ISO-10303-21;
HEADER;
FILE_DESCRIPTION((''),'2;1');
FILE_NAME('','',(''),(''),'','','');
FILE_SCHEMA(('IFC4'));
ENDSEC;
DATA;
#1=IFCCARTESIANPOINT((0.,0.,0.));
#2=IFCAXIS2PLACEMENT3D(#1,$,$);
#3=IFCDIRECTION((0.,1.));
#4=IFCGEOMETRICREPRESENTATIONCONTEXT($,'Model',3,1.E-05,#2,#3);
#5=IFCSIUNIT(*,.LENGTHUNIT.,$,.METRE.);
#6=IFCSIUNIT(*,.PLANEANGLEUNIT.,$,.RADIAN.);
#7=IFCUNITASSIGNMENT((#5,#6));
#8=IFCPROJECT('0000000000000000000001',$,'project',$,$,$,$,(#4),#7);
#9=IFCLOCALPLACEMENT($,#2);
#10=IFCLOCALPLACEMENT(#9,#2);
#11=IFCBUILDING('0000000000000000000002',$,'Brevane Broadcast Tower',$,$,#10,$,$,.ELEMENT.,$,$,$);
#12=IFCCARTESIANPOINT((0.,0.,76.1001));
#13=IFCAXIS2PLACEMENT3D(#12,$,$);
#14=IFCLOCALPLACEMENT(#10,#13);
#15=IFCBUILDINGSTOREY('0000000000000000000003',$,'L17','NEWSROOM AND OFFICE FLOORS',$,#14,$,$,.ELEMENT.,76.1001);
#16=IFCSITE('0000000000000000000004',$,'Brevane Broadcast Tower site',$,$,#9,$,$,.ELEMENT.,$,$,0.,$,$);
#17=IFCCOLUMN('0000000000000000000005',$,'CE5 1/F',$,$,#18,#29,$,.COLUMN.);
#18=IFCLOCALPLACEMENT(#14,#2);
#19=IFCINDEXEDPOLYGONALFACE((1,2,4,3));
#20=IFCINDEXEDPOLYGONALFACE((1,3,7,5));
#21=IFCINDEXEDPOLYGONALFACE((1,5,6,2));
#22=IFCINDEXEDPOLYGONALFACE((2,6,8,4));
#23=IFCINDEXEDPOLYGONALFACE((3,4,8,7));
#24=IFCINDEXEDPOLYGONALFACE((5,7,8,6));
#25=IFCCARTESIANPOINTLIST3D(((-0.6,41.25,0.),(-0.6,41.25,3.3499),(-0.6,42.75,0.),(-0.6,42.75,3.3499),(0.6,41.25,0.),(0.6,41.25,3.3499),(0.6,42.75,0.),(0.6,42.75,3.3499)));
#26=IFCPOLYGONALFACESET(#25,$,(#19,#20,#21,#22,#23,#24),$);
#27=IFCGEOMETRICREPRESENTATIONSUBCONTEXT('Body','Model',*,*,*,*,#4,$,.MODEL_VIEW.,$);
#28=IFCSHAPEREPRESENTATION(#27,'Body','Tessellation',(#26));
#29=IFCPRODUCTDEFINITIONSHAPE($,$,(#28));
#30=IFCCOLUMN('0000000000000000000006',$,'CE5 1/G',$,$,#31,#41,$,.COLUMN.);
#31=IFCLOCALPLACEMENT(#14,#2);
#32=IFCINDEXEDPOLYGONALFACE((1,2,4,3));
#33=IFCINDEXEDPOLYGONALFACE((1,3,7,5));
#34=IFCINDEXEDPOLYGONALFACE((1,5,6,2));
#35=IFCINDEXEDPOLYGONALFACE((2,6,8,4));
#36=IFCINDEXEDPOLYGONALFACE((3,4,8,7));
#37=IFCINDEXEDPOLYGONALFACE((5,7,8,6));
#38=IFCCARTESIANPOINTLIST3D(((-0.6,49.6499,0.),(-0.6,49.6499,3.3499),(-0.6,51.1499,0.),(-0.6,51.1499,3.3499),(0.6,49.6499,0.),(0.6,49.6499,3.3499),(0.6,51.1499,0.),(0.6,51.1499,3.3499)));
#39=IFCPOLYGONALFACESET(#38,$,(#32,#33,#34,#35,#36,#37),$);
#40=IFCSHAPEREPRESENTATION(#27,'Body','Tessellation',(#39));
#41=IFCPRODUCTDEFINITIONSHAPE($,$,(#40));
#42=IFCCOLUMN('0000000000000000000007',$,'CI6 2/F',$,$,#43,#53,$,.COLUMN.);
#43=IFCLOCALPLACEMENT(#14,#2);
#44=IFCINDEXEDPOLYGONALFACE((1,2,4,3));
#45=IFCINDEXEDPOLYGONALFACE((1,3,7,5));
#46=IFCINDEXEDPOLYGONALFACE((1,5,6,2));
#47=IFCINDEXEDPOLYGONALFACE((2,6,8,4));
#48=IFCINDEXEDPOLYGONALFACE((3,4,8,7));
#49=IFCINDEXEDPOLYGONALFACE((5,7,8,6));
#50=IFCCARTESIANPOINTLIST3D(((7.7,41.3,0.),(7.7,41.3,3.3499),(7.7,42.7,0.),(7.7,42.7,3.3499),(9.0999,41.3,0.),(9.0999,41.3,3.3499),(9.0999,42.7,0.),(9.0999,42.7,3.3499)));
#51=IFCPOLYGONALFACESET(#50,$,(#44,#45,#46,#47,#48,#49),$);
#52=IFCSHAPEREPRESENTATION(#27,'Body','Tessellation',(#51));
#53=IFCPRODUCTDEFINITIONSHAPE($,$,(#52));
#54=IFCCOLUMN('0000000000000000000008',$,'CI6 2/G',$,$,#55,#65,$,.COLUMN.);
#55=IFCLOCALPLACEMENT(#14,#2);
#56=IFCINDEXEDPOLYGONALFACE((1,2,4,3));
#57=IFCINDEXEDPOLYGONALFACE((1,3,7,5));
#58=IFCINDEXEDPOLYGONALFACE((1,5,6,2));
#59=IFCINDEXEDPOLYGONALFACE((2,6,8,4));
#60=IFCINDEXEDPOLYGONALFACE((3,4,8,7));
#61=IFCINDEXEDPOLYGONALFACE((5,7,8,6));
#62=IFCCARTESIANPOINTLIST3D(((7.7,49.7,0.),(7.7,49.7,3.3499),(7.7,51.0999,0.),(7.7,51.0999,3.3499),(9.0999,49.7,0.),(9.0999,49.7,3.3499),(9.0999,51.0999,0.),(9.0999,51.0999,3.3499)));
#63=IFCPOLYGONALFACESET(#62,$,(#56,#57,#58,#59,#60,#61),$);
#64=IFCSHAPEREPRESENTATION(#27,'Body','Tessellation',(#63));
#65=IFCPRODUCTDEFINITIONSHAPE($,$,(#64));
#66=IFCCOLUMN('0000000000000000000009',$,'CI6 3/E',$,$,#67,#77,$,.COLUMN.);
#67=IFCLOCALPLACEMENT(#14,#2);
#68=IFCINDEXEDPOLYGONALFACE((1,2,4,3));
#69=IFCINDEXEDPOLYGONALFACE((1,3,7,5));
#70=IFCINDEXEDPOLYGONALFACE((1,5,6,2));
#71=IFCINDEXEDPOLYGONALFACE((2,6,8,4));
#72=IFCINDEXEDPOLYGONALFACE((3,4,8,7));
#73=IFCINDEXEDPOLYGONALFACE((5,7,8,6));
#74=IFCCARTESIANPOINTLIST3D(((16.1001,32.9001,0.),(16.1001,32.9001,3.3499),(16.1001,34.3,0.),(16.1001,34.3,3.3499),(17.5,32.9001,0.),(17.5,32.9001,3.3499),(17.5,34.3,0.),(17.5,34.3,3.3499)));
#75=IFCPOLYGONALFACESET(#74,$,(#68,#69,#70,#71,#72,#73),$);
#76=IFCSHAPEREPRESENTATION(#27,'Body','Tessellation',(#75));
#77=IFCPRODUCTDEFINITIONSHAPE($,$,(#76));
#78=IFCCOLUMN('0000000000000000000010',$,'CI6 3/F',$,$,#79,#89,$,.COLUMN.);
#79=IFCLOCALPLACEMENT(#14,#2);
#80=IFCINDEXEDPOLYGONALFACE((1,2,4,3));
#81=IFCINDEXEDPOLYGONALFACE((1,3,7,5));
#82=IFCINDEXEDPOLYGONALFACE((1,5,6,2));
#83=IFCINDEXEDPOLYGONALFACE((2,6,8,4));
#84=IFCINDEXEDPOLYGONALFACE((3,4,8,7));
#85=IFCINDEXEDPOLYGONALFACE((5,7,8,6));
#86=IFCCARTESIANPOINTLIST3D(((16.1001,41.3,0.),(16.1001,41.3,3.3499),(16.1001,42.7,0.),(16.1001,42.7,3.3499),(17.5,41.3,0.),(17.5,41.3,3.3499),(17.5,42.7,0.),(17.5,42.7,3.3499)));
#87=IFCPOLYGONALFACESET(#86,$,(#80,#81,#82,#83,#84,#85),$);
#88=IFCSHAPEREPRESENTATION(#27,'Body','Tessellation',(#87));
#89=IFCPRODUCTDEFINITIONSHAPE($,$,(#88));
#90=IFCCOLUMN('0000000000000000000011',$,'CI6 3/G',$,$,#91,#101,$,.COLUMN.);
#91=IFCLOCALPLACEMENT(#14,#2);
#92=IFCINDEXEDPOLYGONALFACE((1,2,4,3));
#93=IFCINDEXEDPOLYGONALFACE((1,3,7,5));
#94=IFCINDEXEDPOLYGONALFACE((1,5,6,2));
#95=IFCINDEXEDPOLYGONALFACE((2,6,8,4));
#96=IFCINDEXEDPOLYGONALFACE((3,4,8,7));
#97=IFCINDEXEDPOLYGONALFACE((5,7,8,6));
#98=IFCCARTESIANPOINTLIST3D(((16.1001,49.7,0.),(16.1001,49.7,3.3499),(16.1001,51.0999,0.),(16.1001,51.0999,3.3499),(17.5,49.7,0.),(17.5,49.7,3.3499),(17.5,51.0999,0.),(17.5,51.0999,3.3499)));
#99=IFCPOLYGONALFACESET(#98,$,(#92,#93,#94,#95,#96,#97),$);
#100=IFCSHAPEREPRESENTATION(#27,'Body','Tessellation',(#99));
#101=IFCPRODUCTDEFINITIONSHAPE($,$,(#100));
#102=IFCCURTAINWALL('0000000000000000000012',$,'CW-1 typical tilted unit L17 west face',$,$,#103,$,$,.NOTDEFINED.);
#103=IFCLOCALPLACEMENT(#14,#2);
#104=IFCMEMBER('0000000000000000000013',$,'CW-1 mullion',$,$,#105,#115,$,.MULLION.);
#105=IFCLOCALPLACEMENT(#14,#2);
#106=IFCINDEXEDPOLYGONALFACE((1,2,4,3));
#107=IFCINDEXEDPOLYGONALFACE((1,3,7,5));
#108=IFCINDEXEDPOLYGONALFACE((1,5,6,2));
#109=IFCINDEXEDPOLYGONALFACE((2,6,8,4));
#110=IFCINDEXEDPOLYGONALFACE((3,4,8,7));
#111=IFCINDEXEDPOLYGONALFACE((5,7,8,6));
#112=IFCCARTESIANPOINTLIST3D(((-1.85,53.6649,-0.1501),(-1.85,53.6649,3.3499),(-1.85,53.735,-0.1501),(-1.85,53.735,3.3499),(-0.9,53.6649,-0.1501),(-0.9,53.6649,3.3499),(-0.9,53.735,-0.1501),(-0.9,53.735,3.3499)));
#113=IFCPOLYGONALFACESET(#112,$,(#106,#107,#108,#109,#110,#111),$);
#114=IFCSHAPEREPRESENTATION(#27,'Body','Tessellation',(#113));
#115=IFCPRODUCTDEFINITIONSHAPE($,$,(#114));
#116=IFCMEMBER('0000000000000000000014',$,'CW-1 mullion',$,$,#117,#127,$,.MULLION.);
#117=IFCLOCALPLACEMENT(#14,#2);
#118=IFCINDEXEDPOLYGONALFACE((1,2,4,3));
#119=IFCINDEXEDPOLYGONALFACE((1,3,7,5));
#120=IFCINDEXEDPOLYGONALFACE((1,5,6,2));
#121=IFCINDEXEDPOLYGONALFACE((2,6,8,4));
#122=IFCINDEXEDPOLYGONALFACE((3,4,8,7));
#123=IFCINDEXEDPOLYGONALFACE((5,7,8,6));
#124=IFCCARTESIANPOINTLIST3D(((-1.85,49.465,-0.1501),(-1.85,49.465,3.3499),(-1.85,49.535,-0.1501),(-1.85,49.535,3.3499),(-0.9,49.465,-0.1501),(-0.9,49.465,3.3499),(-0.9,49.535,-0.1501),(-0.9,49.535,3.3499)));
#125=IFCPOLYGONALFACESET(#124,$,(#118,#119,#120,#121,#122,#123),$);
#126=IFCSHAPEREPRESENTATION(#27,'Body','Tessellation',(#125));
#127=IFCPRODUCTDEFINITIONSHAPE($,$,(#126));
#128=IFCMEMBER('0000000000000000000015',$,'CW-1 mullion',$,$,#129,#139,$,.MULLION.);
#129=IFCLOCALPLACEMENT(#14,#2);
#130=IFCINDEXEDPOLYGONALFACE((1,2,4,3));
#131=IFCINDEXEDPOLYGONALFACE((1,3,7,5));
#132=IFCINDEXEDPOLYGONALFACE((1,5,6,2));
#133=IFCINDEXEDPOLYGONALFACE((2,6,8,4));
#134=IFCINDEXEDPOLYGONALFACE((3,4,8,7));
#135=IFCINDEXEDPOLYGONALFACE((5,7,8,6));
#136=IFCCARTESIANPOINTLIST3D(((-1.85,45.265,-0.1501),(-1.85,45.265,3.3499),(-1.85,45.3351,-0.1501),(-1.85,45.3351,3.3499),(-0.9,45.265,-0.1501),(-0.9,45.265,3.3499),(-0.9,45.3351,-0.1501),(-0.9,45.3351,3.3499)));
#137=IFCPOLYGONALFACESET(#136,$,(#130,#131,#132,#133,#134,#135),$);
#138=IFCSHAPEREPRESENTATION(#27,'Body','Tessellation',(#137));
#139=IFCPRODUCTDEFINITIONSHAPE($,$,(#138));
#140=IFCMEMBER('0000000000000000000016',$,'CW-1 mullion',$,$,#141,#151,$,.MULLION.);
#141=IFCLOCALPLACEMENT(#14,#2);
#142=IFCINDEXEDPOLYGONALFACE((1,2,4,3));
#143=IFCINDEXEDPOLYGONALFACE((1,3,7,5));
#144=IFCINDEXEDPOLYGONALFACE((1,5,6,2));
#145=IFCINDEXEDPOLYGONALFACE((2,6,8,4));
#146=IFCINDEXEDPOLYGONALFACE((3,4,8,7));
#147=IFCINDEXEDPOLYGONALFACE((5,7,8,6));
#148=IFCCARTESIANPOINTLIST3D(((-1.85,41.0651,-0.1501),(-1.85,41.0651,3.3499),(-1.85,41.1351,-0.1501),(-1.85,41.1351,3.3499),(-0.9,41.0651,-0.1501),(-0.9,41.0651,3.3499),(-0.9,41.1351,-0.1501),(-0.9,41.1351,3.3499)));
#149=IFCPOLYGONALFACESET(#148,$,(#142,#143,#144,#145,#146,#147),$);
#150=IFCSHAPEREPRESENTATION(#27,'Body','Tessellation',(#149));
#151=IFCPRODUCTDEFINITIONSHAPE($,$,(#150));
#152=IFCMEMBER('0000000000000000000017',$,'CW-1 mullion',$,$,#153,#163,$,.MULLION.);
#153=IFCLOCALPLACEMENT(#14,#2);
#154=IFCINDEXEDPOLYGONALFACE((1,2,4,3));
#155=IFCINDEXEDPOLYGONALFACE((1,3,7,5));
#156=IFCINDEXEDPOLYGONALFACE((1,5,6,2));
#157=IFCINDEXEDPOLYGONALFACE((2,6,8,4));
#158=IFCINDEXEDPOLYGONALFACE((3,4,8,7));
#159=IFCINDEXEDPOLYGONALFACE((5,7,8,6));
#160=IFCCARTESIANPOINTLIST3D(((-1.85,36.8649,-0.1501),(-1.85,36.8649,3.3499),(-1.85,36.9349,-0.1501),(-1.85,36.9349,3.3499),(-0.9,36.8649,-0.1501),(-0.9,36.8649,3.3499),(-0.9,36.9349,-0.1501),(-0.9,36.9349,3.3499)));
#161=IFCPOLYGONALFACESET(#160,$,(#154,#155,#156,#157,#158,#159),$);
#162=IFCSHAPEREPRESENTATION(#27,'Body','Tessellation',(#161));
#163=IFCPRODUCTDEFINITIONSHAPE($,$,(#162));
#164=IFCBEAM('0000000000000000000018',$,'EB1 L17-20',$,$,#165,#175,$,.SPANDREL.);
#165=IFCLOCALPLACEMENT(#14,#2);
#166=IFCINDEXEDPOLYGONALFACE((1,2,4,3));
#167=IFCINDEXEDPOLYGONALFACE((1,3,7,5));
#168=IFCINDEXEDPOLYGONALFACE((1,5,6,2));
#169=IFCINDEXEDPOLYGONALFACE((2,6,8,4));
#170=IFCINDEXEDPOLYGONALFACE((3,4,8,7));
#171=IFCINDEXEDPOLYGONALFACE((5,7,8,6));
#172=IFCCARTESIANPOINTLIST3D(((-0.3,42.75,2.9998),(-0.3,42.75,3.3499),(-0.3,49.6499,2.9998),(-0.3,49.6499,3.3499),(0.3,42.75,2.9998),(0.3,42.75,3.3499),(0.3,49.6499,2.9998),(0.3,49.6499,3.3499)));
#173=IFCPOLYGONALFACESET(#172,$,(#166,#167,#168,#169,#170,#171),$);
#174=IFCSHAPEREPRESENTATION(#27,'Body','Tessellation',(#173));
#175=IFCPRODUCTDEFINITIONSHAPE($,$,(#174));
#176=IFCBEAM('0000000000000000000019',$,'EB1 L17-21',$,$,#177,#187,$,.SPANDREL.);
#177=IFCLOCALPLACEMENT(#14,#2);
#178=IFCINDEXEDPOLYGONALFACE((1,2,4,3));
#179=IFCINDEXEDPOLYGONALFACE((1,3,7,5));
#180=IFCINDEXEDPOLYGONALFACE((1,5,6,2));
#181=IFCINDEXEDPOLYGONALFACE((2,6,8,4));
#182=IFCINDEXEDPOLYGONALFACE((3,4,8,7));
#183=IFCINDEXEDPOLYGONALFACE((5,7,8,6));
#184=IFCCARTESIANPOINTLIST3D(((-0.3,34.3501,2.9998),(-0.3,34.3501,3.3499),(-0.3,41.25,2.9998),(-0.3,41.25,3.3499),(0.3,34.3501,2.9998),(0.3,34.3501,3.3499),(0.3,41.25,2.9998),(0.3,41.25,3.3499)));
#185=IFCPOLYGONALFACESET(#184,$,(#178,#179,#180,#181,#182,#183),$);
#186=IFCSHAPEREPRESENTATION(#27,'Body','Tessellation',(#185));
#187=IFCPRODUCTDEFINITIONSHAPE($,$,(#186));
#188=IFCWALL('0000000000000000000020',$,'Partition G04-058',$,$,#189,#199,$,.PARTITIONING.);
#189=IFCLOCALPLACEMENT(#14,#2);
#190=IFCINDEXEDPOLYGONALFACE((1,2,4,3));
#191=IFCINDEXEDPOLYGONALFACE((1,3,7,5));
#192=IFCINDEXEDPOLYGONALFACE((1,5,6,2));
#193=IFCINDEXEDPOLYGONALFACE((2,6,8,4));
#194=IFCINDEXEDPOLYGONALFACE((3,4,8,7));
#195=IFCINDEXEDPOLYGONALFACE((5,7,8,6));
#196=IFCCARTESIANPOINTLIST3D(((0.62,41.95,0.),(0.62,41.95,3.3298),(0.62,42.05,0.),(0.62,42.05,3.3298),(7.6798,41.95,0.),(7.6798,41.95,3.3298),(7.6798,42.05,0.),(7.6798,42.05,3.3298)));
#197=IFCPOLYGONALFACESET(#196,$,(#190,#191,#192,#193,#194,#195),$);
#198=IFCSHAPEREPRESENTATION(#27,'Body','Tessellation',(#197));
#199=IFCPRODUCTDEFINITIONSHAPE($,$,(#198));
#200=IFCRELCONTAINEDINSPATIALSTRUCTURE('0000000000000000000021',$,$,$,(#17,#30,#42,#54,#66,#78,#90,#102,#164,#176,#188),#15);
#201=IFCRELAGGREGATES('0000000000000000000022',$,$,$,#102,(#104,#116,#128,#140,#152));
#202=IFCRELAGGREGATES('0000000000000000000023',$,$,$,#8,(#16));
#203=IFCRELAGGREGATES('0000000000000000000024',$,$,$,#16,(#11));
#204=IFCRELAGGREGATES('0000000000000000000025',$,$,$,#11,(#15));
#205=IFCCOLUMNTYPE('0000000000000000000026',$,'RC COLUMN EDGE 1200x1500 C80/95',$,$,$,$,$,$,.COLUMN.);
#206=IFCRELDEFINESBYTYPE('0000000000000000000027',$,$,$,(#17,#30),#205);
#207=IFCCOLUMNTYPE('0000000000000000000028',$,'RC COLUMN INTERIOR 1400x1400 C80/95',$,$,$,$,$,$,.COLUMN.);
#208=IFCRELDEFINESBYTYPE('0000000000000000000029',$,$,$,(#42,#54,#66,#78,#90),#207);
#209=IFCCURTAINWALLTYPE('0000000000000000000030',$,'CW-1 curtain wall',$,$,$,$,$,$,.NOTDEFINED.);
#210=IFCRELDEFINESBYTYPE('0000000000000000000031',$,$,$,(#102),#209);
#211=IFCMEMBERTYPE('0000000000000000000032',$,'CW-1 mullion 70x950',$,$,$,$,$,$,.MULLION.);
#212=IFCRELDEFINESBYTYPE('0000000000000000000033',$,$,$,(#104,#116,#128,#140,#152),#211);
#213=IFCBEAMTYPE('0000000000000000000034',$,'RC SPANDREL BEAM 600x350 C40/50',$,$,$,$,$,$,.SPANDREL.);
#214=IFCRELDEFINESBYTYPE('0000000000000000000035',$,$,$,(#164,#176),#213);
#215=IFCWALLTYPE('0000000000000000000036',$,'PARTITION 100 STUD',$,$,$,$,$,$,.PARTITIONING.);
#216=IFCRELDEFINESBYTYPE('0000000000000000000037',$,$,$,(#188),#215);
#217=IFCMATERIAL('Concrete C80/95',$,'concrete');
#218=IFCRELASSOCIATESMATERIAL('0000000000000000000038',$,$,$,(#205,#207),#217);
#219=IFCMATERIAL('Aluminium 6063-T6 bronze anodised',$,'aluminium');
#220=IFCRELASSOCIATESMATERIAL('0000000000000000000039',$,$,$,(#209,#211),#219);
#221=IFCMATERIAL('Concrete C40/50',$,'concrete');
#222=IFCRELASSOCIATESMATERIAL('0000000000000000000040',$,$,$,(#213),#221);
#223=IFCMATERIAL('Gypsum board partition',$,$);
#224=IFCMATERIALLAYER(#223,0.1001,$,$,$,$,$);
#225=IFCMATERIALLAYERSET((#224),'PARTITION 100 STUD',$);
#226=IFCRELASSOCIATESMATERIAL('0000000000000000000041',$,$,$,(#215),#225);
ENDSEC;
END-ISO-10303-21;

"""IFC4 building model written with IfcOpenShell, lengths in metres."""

from ifc_helpers import new_model, si_unit, direction, frame, frame_2d, origin, origin_2d, place, context, subcontext, project, spatial, rectangle, extrude, material, layer, layer_set, material_profile, profile_set, type_object, element, aggregate, save


model = new_model("IFC4")

# Units and contexts
model_context = context("Model", 3, precision=1e-05, world=origin(), true_north=direction((0.0, 1.0)))
body_context = subcontext(model_context, "Body", "Model", "MODEL_VIEW")
ifc_project = project(units=[si_unit("LENGTHUNIT", "METRE"), si_unit("PLANEANGLEUNIT", "RADIAN")], contexts=[model_context])

# Site, building, storey
site_placement = place(None, origin())
site = spatial("IfcSite", under=ifc_project, at=site_placement, Name="Brevane Broadcast Tower site", CompositionType="ELEMENT", RefElevation=0.0)
building_placement = place(site_placement, origin())
building = spatial("IfcBuilding", under=site, at=building_placement, Name="Brevane Broadcast Tower", CompositionType="ELEMENT")
storey_placement = place(building_placement, frame((0.0, 0.0, 76.1001)))
storey = spatial("IfcBuildingStorey", under=building, at=storey_placement, Name="L17", Description="NEWSROOM AND OFFICE FLOORS", CompositionType="ELEMENT", Elevation=76.1001)

# Columns
ifc_material_1 = material(Name="Concrete C80/95", Category="concrete")
ifc_material_profile_1 = material_profile(ifc_material_1, rectangle(XDim=1.2, YDim=1.5, at=origin_2d()), Name="RC 1200x1500")
ifc_profile_set_1 = profile_set([ifc_material_profile_1], Name="Concrete C80/95")
column_type_1 = type_object("IfcColumnType", Name="RC COLUMN EDGE 1200x1500 C80/95", PredefinedType="COLUMN", material=ifc_profile_set_1)
for number, where, z_axis, x_axis, name in (
    (1, (0.0, 42.0, 0.0), (0.0, 0.0, 1.0), (1.0, 0.0, 0.0), "CE5 1/F"),
    (2, (0.0, 50.3999, 0.0), (0.0, 0.0, 1.0), (1.0, 0.0, 0.0), "CE5 1/G"),
):
    element("IfcColumn", number, at=place(storey_placement, frame(where, z_axis=z_axis, x_axis=x_axis)), inside=storey, type_object=column_type_1, Name=name, PredefinedType="COLUMN", context=body_context, shape_type="SweptSolid", body=[
        extrude(rectangle(XDim=1.2, YDim=1.5, at=origin_2d()), origin(), (0.0, 0.0, 1.0), 3.3499),
    ])
ifc_material_profile_2 = material_profile(ifc_material_1, rectangle(XDim=1.3999, YDim=1.3999, at=origin_2d()), Name="RC 1400x1400")
ifc_profile_set_2 = profile_set([ifc_material_profile_2], Name="Concrete C80/95")
column_type_2 = type_object("IfcColumnType", Name="RC COLUMN INTERIOR 1400x1400 C80/95", PredefinedType="COLUMN", material=ifc_profile_set_2)
for number, where, z_axis, x_axis, name in (
    (3, (8.3999, 42.0, 0.0), (0.0, 0.0, 1.0), (1.0, 0.0, 0.0), "CI6 2/F"),
    (4, (8.3999, 50.3999, 0.0), (0.0, 0.0, 1.0), (1.0, 0.0, 0.0), "CI6 2/G"),
    (5, (16.8, 33.6001, 0.0), (0.0, 0.0, 1.0), (1.0, 0.0, 0.0), "CI6 3/E"),
    (6, (16.8, 42.0, 0.0), (0.0, 0.0, 1.0), (1.0, 0.0, 0.0), "CI6 3/F"),
    (7, (16.8, 50.3999, 0.0), (0.0, 0.0, 1.0), (1.0, 0.0, 0.0), "CI6 3/G"),
):
    element("IfcColumn", number, at=place(storey_placement, frame(where, z_axis=z_axis, x_axis=x_axis)), inside=storey, type_object=column_type_2, Name=name, PredefinedType="COLUMN", context=body_context, shape_type="SweptSolid", body=[
        extrude(rectangle(XDim=1.3999, YDim=1.3999, at=origin_2d()), origin(), (0.0, 0.0, 1.0), 3.3499),
    ])

# Curtain wall, members
ifc_material_2 = material(Name="Aluminium 6063-T6 bronze anodised", Category="aluminium")
curtain_wall_type = type_object("IfcCurtainWallType", Name="CW-1 curtain wall", PredefinedType="NOTDEFINED", material=ifc_material_2)
curtain_wall_placement = place(storey_placement, origin())
curtain_wall = element("IfcCurtainWall", 8, at=curtain_wall_placement, inside=storey, type_object=curtain_wall_type, Name="CW-1 typical tilted unit L17 west face", PredefinedType="NOTDEFINED")
ifc_material_profile_3 = material_profile(ifc_material_2, rectangle(XDim=0.95, YDim=0.0701, at=origin_2d()), Name="RECT 70x950")
ifc_profile_set_3 = profile_set([ifc_material_profile_3], Name="Aluminium 6063-T6 bronze anodised")
member_type = type_object("IfcMemberType", Name="CW-1 mullion 70x950", PredefinedType="MULLION", material=ifc_profile_set_3)
member_1_placement = place(storey_placement, frame((-1.375, 53.7, -0.1501), z_axis=(0.0, 0.0, 1.0), x_axis=(1.0, 0.0, 0.0)))
member_1 = element("IfcMember", 9, at=member_1_placement, type_object=member_type, Name="CW-1 mullion", PredefinedType="MULLION", context=body_context, shape_type="SweptSolid", body=[
    extrude(rectangle(XDim=0.95, YDim=0.0701, at=origin_2d()), origin(), (0.0, 0.0, 1.0), 3.5),
])
member_2_placement = place(storey_placement, frame((-1.375, 49.5, -0.1501), z_axis=(0.0, 0.0, 1.0), x_axis=(1.0, 0.0, 0.0)))
member_2 = element("IfcMember", 10, at=member_2_placement, type_object=member_type, Name="CW-1 mullion", PredefinedType="MULLION", context=body_context, shape_type="SweptSolid", body=[
    extrude(rectangle(XDim=0.95, YDim=0.0701, at=origin_2d()), origin(), (0.0, 0.0, 1.0), 3.5),
])
member_3_placement = place(storey_placement, frame((-1.375, 45.3, -0.1501), z_axis=(0.0, 0.0, 1.0), x_axis=(1.0, 0.0, 0.0)))
member_3 = element("IfcMember", 11, at=member_3_placement, type_object=member_type, Name="CW-1 mullion", PredefinedType="MULLION", context=body_context, shape_type="SweptSolid", body=[
    extrude(rectangle(XDim=0.95, YDim=0.0701, at=origin_2d()), origin(), (0.0, 0.0, 1.0), 3.5),
])
member_4_placement = place(storey_placement, frame((-1.375, 41.1001, -0.1501), z_axis=(0.0, 0.0, 1.0), x_axis=(1.0, 0.0, 0.0)))
member_4 = element("IfcMember", 12, at=member_4_placement, type_object=member_type, Name="CW-1 mullion", PredefinedType="MULLION", context=body_context, shape_type="SweptSolid", body=[
    extrude(rectangle(XDim=0.95, YDim=0.0701, at=origin_2d()), origin(), (0.0, 0.0, 1.0), 3.5),
])
member_5_placement = place(storey_placement, frame((-1.375, 36.8999, -0.1501), z_axis=(0.0, 0.0, 1.0), x_axis=(1.0, 0.0, 0.0)))
member_5 = element("IfcMember", 13, at=member_5_placement, type_object=member_type, Name="CW-1 mullion", PredefinedType="MULLION", context=body_context, shape_type="SweptSolid", body=[
    extrude(rectangle(XDim=0.95, YDim=0.0701, at=origin_2d()), origin(), (0.0, 0.0, 1.0), 3.5),
])
aggregate(curtain_wall, [member_1, member_2, member_3, member_4, member_5])

# Beams
ifc_material_3 = material(Name="Concrete C40/50", Category="concrete")
ifc_material_profile_4 = material_profile(ifc_material_3, rectangle(XDim=0.6001, YDim=0.3501, at=origin_2d()), Name="RC 600x350")
ifc_profile_set_4 = profile_set([ifc_material_profile_4], Name="Concrete C40/50")
beam_type = type_object("IfcBeamType", Name="RC SPANDREL BEAM 600x350 C40/50", PredefinedType="SPANDREL", material=ifc_profile_set_4)
for number, where, z_axis, x_axis, name in (
    (14, (0.0, 49.6499, 3.1748), (0.0, -1.0, 0.0), (1.0, 0.0, 0.0), "EB1 L17-20"),
    (15, (0.0, 41.25, 3.1748), (0.0, -1.0, 0.0), (1.0, 0.0, 0.0), "EB1 L17-21"),
):
    element("IfcBeam", number, at=place(storey_placement, frame(where, z_axis=z_axis, x_axis=x_axis)), inside=storey, type_object=beam_type, Name=name, PredefinedType="SPANDREL", context=body_context, shape_type="SweptSolid", body=[
        extrude(rectangle(XDim=0.6001, YDim=0.3501, at=origin_2d()), origin(), (0.0, 0.0, 1.0), 6.8999),
    ])

# Wall
ifc_material_4 = material(Name="Gypsum board partition")
ifc_layer_1 = layer(ifc_material_4, 0.1001)
ifc_layer_set_1 = layer_set([ifc_layer_1], Name="PARTITION 100 STUD")
wall_type_1 = type_object("IfcWallType", Name="PARTITION 100 STUD", PredefinedType="PARTITIONING", material=ifc_layer_set_1)
wall_1_placement = place(storey_placement, frame((0.6201, 42.0, 0.0), z_axis=(0.0, 0.0, 1.0), x_axis=(1.0, 0.0, 0.0)))
element("IfcWall", 16, at=wall_1_placement, inside=storey, type_object=wall_type_1, Name="Partition G04-058", PredefinedType="PARTITIONING", context=body_context, shape_type="SweptSolid", body=[
    extrude(rectangle(XDim=7.0598, YDim=0.1001, at=frame_2d((3.5298, 0.0))), origin(), (0.0, 0.0, 1.0), 3.3298),
])

save(model, "model.ifc")
